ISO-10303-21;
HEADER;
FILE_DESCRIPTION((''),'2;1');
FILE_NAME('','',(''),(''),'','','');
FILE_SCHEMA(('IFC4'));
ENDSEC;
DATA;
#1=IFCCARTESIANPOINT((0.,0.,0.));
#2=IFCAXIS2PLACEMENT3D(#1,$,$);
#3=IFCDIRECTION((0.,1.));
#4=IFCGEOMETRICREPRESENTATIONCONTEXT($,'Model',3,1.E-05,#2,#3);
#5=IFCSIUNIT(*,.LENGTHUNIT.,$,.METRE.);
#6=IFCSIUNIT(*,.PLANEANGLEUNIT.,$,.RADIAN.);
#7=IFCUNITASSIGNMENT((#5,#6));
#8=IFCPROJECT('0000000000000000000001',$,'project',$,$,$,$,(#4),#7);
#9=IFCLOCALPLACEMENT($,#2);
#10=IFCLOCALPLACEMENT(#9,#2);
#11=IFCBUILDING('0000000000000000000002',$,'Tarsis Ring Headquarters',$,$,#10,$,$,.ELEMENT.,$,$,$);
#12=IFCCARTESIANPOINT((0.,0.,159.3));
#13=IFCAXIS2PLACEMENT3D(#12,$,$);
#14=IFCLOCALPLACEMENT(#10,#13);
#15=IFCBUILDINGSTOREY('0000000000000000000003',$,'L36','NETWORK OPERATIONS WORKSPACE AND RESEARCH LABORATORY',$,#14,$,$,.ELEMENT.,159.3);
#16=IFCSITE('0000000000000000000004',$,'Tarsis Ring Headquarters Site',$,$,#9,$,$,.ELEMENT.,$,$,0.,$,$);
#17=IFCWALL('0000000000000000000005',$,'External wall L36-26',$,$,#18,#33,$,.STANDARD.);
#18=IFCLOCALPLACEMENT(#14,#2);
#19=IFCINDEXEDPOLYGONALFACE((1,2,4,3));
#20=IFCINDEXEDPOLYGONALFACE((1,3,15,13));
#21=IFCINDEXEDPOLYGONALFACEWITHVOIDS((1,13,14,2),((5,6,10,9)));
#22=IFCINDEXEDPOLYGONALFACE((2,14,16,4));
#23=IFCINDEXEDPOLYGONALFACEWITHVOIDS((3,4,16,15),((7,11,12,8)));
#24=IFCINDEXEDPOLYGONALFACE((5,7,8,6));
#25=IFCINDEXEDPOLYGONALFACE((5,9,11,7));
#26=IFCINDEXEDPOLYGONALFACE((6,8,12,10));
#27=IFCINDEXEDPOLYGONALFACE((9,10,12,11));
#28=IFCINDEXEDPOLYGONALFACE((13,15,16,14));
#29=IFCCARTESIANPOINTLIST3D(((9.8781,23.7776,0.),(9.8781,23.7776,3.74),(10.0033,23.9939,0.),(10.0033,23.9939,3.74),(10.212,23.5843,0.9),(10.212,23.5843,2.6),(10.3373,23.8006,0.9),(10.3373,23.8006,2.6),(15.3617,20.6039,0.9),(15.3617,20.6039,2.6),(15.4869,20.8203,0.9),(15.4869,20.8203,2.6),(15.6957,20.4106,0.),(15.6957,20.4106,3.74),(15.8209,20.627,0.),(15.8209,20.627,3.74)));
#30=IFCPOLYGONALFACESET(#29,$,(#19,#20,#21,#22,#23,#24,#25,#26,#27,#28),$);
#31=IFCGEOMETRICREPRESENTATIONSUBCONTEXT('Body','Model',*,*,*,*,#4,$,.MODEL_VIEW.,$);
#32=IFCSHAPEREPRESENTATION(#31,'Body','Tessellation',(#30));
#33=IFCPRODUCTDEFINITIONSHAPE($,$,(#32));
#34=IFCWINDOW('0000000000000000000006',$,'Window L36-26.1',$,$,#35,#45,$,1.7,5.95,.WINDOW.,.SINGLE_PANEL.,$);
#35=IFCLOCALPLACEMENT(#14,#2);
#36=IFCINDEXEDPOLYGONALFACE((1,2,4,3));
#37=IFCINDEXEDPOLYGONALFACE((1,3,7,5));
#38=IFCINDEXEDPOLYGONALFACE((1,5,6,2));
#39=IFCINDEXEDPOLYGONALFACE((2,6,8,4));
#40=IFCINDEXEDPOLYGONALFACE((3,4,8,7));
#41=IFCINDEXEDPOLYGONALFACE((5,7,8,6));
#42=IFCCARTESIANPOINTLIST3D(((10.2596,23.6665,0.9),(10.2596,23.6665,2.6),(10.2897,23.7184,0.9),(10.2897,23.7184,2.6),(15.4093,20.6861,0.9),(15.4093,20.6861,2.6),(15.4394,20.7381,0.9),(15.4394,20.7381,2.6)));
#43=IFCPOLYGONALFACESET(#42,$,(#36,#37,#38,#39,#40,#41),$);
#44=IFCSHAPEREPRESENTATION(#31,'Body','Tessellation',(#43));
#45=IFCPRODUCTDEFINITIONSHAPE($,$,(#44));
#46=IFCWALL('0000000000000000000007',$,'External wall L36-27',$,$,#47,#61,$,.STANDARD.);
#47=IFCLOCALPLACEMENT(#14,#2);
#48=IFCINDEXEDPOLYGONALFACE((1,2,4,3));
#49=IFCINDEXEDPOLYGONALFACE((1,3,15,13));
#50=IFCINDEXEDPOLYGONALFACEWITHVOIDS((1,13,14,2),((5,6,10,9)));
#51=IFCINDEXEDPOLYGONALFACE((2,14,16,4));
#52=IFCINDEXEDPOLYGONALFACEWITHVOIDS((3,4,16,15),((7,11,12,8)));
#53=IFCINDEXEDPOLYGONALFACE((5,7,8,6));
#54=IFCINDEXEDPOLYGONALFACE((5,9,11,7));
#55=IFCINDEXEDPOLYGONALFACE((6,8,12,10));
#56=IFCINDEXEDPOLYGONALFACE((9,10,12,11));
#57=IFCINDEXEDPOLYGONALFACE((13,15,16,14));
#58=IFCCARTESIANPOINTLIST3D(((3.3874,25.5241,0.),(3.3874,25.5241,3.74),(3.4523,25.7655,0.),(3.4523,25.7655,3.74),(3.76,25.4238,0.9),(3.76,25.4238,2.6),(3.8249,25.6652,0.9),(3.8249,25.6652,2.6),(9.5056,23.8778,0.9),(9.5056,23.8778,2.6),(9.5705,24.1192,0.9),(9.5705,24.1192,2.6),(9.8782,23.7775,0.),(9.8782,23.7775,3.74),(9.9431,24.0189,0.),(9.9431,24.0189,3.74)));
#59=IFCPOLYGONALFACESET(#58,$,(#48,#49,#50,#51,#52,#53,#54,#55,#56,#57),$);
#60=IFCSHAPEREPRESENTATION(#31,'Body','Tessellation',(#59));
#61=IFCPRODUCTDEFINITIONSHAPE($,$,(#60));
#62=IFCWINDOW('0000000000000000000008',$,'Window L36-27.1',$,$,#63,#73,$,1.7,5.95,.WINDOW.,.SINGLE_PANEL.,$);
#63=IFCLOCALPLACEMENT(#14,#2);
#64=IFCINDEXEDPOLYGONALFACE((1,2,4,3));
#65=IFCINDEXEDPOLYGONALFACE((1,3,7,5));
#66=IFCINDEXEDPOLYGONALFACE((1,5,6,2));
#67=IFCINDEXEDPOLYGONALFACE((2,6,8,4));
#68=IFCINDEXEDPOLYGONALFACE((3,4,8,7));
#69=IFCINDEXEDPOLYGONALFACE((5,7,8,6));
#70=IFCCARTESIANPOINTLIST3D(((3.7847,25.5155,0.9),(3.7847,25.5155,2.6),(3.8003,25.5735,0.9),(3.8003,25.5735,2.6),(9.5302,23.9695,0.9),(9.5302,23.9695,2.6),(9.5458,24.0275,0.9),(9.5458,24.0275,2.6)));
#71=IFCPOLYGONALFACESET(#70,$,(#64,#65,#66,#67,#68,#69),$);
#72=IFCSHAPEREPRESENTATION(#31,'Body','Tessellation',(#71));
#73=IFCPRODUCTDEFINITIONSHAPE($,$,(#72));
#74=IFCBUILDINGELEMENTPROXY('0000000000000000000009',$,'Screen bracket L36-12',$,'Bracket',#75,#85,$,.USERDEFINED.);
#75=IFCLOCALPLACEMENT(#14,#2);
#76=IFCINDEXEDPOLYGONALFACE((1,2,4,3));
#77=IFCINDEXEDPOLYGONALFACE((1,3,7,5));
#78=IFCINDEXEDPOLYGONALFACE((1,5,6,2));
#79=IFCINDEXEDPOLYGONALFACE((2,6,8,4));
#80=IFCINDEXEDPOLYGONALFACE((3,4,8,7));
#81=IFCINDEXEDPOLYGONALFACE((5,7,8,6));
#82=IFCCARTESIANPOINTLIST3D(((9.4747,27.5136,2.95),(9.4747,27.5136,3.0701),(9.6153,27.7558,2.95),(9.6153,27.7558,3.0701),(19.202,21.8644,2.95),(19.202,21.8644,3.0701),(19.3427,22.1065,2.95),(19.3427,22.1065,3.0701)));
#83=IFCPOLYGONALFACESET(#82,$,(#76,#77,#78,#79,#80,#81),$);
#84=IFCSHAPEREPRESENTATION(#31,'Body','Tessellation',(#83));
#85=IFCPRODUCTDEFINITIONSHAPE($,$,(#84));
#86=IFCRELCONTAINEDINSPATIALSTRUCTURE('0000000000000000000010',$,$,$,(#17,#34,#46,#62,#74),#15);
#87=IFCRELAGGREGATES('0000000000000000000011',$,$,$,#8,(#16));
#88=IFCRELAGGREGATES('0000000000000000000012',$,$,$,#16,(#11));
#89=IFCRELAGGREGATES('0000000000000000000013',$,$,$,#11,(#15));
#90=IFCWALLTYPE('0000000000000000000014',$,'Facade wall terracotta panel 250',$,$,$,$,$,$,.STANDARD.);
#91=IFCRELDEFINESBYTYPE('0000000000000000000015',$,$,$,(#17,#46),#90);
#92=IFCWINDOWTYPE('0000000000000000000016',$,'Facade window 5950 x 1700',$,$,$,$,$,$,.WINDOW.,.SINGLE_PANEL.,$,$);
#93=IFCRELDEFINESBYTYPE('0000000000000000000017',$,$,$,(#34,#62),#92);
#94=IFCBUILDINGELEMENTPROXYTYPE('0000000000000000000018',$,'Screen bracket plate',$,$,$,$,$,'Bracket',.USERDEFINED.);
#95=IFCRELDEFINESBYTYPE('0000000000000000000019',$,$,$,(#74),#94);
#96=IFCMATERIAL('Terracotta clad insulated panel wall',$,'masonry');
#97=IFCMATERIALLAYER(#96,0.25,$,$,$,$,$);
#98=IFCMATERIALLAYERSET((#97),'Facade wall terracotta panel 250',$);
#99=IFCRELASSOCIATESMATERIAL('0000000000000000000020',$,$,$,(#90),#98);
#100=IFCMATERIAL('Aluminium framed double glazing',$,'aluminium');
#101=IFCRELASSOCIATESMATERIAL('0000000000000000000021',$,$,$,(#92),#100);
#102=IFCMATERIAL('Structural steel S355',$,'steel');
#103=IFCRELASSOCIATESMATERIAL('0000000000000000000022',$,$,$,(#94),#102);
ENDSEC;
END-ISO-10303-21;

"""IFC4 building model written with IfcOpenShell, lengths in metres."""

from ifc_helpers import new_model, si_unit, direction, frame, frame_2d, origin, origin_2d, place, context, subcontext, project, spatial, rectangle, extrude, material, layer, layer_set, type_object, element, fill, save


model = new_model("IFC4")

# Units and contexts
model_context = context("Model", 3, precision=1e-05, world=origin(), true_north=direction((0.0, 1.0)))
body_context = subcontext(model_context, "Body", "Model", "MODEL_VIEW")
ifc_project = project(units=[si_unit("LENGTHUNIT", "METRE"), si_unit("PLANEANGLEUNIT", "RADIAN")], contexts=[model_context])

# Site, building, storey
site_placement = place(None, origin())
site = spatial("IfcSite", under=ifc_project, at=site_placement, Name="Tarsis Ring Headquarters Site", CompositionType="ELEMENT", RefElevation=0.0)
building_placement = place(site_placement, origin())
building = spatial("IfcBuilding", under=site, at=building_placement, Name="Tarsis Ring Headquarters", CompositionType="ELEMENT")
storey_placement = place(building_placement, frame((0.0, 0.0, 159.3)))
storey = spatial("IfcBuildingStorey", under=building, at=storey_placement, Name="L36", Description="NETWORK OPERATIONS WORKSPACE AND RESEARCH LABORATORY", CompositionType="ELEMENT", Elevation=159.3)

# Shared definitions
ifc_material_1 = material(Name="Structural steel S355", Category="steel")

# Walls, openings, windows
ifc_material_2 = material(Name="Terracotta clad insulated panel wall", Category="masonry")
ifc_layer_1 = layer(ifc_material_2, 0.25)
ifc_layer_set_1 = layer_set([ifc_layer_1], Name="Facade wall terracotta panel 250")
wall_type_1 = type_object("IfcWallType", Name="Facade wall terracotta panel 250", PredefinedType="STANDARD", material=ifc_layer_set_1)
wall_1_placement = place(storey_placement, frame((15.7583, 20.5188, 0.0), z_axis=(0.0, 0.0, 1.0), x_axis=(-0.865501, 0.500907, 0.0)))
wall_1 = element("IfcWall", 1, at=wall_1_placement, inside=storey, type_object=wall_type_1, Name="External wall L36-26", PredefinedType="STANDARD", context=body_context, shape_type="SweptSolid", body=[
    extrude(rectangle(XDim=6.7217, YDim=0.25, at=frame_2d((3.3608, 0.0))), origin(), (0.0, 0.0, 1.0), 3.74),
])
opening_1_placement = place(wall_1_placement, frame((0.3857, 0.0, 0.8999)))
opening_1 = element("IfcOpeningElement", 2, at=opening_1_placement, cuts=wall_1, PredefinedType="OPENING", context=body_context, shape_type="SweptSolid", body=[
    extrude(rectangle(XDim=5.95, YDim=1.7, at=frame_2d((2.9751, 0.8501))), frame((0.0, 0.135, 0.0), z_axis=(0.0, -1.0, 0.0), x_axis=(1.0, 0.0, 0.0)), (0.0, 0.0, 1.0), 0.27),
])
ifc_material_3 = material(Name="Aluminium framed double glazing", Category="aluminium")
window_type = type_object("IfcWindowType", Name="Facade window 5950 x 1700", PartitioningType="SINGLE_PANEL", PredefinedType="WINDOW", material=ifc_material_3)
window_1_placement = place(opening_1_placement, origin())
window_1 = element("IfcWindow", 3, at=window_1_placement, inside=storey, type_object=window_type, Name="Window L36-26.1", OverallHeight=1.7, OverallWidth=5.95, PartitioningType="SINGLE_PANEL", PredefinedType="WINDOW", context=body_context, shape_type="SweptSolid", body=[
    extrude(rectangle(XDim=5.95, YDim=1.7, at=frame_2d((2.9751, 0.8501))), frame((0.0, 0.03, 0.0), z_axis=(0.0, -1.0, 0.0), x_axis=(1.0, 0.0, 0.0)), (0.0, 0.0, 1.0), 0.0601),
])
fill(opening_1, window_1)
wall_2_placement = place(storey_placement, frame((9.9106, 23.8982, 0.0), z_axis=(0.0, 0.0, 1.0), x_axis=(-0.96565, 0.259846, 0.0)))
wall_2 = element("IfcWall", 4, at=wall_2_placement, inside=storey, type_object=wall_type_1, Name="External wall L36-27", PredefinedType="STANDARD", context=body_context, shape_type="SweptSolid", body=[
    extrude(rectangle(XDim=6.7217, YDim=0.25, at=frame_2d((3.3608, 0.0))), origin(), (0.0, 0.0, 1.0), 3.74),
])
opening_2_placement = place(wall_2_placement, frame((0.3857, 0.0, 0.8999)))
opening_2 = element("IfcOpeningElement", 5, at=opening_2_placement, cuts=wall_2, PredefinedType="OPENING", context=body_context, shape_type="SweptSolid", body=[
    extrude(rectangle(XDim=5.95, YDim=1.7, at=frame_2d((2.9751, 0.8501))), frame((0.0, 0.135, 0.0), z_axis=(0.0, -1.0, 0.0), x_axis=(1.0, 0.0, 0.0)), (0.0, 0.0, 1.0), 0.27),
])
window_2_placement = place(opening_2_placement, origin())
window_2 = element("IfcWindow", 6, at=window_2_placement, inside=storey, type_object=window_type, Name="Window L36-27.1", OverallHeight=1.7, OverallWidth=5.95, PartitioningType="SINGLE_PANEL", PredefinedType="WINDOW", context=body_context, shape_type="SweptSolid", body=[
    extrude(rectangle(XDim=5.95, YDim=1.7, at=frame_2d((2.9751, 0.8501))), frame((0.0, 0.03, 0.0), z_axis=(0.0, -1.0, 0.0), x_axis=(1.0, 0.0, 0.0)), (0.0, 0.0, 1.0), 0.0601),
])
fill(opening_2, window_2)

# Building element proxy
building_element_proxy_type = type_object("IfcBuildingElementProxyType", Name="Screen bracket plate", ElementType="Bracket", PredefinedType="USERDEFINED", material=ifc_material_1)
proxy_placement = place(storey_placement, frame((14.4087, 24.8101, 2.95), z_axis=(0.0, 0.0, 1.0), x_axis=(-0.864746, 0.502209, 0.0)))
element("IfcBuildingElementProxy", 7, at=proxy_placement, inside=storey, type_object=building_element_proxy_type, Name="Screen bracket L36-12", ObjectType="Bracket", PredefinedType="USERDEFINED", context=body_context, shape_type="SweptSolid", body=[
    extrude(rectangle(XDim=11.2488, YDim=0.28, at=origin_2d()), origin(), (0.0, 0.0, 1.0), 0.1201),
])

save(model, "model.ifc")
